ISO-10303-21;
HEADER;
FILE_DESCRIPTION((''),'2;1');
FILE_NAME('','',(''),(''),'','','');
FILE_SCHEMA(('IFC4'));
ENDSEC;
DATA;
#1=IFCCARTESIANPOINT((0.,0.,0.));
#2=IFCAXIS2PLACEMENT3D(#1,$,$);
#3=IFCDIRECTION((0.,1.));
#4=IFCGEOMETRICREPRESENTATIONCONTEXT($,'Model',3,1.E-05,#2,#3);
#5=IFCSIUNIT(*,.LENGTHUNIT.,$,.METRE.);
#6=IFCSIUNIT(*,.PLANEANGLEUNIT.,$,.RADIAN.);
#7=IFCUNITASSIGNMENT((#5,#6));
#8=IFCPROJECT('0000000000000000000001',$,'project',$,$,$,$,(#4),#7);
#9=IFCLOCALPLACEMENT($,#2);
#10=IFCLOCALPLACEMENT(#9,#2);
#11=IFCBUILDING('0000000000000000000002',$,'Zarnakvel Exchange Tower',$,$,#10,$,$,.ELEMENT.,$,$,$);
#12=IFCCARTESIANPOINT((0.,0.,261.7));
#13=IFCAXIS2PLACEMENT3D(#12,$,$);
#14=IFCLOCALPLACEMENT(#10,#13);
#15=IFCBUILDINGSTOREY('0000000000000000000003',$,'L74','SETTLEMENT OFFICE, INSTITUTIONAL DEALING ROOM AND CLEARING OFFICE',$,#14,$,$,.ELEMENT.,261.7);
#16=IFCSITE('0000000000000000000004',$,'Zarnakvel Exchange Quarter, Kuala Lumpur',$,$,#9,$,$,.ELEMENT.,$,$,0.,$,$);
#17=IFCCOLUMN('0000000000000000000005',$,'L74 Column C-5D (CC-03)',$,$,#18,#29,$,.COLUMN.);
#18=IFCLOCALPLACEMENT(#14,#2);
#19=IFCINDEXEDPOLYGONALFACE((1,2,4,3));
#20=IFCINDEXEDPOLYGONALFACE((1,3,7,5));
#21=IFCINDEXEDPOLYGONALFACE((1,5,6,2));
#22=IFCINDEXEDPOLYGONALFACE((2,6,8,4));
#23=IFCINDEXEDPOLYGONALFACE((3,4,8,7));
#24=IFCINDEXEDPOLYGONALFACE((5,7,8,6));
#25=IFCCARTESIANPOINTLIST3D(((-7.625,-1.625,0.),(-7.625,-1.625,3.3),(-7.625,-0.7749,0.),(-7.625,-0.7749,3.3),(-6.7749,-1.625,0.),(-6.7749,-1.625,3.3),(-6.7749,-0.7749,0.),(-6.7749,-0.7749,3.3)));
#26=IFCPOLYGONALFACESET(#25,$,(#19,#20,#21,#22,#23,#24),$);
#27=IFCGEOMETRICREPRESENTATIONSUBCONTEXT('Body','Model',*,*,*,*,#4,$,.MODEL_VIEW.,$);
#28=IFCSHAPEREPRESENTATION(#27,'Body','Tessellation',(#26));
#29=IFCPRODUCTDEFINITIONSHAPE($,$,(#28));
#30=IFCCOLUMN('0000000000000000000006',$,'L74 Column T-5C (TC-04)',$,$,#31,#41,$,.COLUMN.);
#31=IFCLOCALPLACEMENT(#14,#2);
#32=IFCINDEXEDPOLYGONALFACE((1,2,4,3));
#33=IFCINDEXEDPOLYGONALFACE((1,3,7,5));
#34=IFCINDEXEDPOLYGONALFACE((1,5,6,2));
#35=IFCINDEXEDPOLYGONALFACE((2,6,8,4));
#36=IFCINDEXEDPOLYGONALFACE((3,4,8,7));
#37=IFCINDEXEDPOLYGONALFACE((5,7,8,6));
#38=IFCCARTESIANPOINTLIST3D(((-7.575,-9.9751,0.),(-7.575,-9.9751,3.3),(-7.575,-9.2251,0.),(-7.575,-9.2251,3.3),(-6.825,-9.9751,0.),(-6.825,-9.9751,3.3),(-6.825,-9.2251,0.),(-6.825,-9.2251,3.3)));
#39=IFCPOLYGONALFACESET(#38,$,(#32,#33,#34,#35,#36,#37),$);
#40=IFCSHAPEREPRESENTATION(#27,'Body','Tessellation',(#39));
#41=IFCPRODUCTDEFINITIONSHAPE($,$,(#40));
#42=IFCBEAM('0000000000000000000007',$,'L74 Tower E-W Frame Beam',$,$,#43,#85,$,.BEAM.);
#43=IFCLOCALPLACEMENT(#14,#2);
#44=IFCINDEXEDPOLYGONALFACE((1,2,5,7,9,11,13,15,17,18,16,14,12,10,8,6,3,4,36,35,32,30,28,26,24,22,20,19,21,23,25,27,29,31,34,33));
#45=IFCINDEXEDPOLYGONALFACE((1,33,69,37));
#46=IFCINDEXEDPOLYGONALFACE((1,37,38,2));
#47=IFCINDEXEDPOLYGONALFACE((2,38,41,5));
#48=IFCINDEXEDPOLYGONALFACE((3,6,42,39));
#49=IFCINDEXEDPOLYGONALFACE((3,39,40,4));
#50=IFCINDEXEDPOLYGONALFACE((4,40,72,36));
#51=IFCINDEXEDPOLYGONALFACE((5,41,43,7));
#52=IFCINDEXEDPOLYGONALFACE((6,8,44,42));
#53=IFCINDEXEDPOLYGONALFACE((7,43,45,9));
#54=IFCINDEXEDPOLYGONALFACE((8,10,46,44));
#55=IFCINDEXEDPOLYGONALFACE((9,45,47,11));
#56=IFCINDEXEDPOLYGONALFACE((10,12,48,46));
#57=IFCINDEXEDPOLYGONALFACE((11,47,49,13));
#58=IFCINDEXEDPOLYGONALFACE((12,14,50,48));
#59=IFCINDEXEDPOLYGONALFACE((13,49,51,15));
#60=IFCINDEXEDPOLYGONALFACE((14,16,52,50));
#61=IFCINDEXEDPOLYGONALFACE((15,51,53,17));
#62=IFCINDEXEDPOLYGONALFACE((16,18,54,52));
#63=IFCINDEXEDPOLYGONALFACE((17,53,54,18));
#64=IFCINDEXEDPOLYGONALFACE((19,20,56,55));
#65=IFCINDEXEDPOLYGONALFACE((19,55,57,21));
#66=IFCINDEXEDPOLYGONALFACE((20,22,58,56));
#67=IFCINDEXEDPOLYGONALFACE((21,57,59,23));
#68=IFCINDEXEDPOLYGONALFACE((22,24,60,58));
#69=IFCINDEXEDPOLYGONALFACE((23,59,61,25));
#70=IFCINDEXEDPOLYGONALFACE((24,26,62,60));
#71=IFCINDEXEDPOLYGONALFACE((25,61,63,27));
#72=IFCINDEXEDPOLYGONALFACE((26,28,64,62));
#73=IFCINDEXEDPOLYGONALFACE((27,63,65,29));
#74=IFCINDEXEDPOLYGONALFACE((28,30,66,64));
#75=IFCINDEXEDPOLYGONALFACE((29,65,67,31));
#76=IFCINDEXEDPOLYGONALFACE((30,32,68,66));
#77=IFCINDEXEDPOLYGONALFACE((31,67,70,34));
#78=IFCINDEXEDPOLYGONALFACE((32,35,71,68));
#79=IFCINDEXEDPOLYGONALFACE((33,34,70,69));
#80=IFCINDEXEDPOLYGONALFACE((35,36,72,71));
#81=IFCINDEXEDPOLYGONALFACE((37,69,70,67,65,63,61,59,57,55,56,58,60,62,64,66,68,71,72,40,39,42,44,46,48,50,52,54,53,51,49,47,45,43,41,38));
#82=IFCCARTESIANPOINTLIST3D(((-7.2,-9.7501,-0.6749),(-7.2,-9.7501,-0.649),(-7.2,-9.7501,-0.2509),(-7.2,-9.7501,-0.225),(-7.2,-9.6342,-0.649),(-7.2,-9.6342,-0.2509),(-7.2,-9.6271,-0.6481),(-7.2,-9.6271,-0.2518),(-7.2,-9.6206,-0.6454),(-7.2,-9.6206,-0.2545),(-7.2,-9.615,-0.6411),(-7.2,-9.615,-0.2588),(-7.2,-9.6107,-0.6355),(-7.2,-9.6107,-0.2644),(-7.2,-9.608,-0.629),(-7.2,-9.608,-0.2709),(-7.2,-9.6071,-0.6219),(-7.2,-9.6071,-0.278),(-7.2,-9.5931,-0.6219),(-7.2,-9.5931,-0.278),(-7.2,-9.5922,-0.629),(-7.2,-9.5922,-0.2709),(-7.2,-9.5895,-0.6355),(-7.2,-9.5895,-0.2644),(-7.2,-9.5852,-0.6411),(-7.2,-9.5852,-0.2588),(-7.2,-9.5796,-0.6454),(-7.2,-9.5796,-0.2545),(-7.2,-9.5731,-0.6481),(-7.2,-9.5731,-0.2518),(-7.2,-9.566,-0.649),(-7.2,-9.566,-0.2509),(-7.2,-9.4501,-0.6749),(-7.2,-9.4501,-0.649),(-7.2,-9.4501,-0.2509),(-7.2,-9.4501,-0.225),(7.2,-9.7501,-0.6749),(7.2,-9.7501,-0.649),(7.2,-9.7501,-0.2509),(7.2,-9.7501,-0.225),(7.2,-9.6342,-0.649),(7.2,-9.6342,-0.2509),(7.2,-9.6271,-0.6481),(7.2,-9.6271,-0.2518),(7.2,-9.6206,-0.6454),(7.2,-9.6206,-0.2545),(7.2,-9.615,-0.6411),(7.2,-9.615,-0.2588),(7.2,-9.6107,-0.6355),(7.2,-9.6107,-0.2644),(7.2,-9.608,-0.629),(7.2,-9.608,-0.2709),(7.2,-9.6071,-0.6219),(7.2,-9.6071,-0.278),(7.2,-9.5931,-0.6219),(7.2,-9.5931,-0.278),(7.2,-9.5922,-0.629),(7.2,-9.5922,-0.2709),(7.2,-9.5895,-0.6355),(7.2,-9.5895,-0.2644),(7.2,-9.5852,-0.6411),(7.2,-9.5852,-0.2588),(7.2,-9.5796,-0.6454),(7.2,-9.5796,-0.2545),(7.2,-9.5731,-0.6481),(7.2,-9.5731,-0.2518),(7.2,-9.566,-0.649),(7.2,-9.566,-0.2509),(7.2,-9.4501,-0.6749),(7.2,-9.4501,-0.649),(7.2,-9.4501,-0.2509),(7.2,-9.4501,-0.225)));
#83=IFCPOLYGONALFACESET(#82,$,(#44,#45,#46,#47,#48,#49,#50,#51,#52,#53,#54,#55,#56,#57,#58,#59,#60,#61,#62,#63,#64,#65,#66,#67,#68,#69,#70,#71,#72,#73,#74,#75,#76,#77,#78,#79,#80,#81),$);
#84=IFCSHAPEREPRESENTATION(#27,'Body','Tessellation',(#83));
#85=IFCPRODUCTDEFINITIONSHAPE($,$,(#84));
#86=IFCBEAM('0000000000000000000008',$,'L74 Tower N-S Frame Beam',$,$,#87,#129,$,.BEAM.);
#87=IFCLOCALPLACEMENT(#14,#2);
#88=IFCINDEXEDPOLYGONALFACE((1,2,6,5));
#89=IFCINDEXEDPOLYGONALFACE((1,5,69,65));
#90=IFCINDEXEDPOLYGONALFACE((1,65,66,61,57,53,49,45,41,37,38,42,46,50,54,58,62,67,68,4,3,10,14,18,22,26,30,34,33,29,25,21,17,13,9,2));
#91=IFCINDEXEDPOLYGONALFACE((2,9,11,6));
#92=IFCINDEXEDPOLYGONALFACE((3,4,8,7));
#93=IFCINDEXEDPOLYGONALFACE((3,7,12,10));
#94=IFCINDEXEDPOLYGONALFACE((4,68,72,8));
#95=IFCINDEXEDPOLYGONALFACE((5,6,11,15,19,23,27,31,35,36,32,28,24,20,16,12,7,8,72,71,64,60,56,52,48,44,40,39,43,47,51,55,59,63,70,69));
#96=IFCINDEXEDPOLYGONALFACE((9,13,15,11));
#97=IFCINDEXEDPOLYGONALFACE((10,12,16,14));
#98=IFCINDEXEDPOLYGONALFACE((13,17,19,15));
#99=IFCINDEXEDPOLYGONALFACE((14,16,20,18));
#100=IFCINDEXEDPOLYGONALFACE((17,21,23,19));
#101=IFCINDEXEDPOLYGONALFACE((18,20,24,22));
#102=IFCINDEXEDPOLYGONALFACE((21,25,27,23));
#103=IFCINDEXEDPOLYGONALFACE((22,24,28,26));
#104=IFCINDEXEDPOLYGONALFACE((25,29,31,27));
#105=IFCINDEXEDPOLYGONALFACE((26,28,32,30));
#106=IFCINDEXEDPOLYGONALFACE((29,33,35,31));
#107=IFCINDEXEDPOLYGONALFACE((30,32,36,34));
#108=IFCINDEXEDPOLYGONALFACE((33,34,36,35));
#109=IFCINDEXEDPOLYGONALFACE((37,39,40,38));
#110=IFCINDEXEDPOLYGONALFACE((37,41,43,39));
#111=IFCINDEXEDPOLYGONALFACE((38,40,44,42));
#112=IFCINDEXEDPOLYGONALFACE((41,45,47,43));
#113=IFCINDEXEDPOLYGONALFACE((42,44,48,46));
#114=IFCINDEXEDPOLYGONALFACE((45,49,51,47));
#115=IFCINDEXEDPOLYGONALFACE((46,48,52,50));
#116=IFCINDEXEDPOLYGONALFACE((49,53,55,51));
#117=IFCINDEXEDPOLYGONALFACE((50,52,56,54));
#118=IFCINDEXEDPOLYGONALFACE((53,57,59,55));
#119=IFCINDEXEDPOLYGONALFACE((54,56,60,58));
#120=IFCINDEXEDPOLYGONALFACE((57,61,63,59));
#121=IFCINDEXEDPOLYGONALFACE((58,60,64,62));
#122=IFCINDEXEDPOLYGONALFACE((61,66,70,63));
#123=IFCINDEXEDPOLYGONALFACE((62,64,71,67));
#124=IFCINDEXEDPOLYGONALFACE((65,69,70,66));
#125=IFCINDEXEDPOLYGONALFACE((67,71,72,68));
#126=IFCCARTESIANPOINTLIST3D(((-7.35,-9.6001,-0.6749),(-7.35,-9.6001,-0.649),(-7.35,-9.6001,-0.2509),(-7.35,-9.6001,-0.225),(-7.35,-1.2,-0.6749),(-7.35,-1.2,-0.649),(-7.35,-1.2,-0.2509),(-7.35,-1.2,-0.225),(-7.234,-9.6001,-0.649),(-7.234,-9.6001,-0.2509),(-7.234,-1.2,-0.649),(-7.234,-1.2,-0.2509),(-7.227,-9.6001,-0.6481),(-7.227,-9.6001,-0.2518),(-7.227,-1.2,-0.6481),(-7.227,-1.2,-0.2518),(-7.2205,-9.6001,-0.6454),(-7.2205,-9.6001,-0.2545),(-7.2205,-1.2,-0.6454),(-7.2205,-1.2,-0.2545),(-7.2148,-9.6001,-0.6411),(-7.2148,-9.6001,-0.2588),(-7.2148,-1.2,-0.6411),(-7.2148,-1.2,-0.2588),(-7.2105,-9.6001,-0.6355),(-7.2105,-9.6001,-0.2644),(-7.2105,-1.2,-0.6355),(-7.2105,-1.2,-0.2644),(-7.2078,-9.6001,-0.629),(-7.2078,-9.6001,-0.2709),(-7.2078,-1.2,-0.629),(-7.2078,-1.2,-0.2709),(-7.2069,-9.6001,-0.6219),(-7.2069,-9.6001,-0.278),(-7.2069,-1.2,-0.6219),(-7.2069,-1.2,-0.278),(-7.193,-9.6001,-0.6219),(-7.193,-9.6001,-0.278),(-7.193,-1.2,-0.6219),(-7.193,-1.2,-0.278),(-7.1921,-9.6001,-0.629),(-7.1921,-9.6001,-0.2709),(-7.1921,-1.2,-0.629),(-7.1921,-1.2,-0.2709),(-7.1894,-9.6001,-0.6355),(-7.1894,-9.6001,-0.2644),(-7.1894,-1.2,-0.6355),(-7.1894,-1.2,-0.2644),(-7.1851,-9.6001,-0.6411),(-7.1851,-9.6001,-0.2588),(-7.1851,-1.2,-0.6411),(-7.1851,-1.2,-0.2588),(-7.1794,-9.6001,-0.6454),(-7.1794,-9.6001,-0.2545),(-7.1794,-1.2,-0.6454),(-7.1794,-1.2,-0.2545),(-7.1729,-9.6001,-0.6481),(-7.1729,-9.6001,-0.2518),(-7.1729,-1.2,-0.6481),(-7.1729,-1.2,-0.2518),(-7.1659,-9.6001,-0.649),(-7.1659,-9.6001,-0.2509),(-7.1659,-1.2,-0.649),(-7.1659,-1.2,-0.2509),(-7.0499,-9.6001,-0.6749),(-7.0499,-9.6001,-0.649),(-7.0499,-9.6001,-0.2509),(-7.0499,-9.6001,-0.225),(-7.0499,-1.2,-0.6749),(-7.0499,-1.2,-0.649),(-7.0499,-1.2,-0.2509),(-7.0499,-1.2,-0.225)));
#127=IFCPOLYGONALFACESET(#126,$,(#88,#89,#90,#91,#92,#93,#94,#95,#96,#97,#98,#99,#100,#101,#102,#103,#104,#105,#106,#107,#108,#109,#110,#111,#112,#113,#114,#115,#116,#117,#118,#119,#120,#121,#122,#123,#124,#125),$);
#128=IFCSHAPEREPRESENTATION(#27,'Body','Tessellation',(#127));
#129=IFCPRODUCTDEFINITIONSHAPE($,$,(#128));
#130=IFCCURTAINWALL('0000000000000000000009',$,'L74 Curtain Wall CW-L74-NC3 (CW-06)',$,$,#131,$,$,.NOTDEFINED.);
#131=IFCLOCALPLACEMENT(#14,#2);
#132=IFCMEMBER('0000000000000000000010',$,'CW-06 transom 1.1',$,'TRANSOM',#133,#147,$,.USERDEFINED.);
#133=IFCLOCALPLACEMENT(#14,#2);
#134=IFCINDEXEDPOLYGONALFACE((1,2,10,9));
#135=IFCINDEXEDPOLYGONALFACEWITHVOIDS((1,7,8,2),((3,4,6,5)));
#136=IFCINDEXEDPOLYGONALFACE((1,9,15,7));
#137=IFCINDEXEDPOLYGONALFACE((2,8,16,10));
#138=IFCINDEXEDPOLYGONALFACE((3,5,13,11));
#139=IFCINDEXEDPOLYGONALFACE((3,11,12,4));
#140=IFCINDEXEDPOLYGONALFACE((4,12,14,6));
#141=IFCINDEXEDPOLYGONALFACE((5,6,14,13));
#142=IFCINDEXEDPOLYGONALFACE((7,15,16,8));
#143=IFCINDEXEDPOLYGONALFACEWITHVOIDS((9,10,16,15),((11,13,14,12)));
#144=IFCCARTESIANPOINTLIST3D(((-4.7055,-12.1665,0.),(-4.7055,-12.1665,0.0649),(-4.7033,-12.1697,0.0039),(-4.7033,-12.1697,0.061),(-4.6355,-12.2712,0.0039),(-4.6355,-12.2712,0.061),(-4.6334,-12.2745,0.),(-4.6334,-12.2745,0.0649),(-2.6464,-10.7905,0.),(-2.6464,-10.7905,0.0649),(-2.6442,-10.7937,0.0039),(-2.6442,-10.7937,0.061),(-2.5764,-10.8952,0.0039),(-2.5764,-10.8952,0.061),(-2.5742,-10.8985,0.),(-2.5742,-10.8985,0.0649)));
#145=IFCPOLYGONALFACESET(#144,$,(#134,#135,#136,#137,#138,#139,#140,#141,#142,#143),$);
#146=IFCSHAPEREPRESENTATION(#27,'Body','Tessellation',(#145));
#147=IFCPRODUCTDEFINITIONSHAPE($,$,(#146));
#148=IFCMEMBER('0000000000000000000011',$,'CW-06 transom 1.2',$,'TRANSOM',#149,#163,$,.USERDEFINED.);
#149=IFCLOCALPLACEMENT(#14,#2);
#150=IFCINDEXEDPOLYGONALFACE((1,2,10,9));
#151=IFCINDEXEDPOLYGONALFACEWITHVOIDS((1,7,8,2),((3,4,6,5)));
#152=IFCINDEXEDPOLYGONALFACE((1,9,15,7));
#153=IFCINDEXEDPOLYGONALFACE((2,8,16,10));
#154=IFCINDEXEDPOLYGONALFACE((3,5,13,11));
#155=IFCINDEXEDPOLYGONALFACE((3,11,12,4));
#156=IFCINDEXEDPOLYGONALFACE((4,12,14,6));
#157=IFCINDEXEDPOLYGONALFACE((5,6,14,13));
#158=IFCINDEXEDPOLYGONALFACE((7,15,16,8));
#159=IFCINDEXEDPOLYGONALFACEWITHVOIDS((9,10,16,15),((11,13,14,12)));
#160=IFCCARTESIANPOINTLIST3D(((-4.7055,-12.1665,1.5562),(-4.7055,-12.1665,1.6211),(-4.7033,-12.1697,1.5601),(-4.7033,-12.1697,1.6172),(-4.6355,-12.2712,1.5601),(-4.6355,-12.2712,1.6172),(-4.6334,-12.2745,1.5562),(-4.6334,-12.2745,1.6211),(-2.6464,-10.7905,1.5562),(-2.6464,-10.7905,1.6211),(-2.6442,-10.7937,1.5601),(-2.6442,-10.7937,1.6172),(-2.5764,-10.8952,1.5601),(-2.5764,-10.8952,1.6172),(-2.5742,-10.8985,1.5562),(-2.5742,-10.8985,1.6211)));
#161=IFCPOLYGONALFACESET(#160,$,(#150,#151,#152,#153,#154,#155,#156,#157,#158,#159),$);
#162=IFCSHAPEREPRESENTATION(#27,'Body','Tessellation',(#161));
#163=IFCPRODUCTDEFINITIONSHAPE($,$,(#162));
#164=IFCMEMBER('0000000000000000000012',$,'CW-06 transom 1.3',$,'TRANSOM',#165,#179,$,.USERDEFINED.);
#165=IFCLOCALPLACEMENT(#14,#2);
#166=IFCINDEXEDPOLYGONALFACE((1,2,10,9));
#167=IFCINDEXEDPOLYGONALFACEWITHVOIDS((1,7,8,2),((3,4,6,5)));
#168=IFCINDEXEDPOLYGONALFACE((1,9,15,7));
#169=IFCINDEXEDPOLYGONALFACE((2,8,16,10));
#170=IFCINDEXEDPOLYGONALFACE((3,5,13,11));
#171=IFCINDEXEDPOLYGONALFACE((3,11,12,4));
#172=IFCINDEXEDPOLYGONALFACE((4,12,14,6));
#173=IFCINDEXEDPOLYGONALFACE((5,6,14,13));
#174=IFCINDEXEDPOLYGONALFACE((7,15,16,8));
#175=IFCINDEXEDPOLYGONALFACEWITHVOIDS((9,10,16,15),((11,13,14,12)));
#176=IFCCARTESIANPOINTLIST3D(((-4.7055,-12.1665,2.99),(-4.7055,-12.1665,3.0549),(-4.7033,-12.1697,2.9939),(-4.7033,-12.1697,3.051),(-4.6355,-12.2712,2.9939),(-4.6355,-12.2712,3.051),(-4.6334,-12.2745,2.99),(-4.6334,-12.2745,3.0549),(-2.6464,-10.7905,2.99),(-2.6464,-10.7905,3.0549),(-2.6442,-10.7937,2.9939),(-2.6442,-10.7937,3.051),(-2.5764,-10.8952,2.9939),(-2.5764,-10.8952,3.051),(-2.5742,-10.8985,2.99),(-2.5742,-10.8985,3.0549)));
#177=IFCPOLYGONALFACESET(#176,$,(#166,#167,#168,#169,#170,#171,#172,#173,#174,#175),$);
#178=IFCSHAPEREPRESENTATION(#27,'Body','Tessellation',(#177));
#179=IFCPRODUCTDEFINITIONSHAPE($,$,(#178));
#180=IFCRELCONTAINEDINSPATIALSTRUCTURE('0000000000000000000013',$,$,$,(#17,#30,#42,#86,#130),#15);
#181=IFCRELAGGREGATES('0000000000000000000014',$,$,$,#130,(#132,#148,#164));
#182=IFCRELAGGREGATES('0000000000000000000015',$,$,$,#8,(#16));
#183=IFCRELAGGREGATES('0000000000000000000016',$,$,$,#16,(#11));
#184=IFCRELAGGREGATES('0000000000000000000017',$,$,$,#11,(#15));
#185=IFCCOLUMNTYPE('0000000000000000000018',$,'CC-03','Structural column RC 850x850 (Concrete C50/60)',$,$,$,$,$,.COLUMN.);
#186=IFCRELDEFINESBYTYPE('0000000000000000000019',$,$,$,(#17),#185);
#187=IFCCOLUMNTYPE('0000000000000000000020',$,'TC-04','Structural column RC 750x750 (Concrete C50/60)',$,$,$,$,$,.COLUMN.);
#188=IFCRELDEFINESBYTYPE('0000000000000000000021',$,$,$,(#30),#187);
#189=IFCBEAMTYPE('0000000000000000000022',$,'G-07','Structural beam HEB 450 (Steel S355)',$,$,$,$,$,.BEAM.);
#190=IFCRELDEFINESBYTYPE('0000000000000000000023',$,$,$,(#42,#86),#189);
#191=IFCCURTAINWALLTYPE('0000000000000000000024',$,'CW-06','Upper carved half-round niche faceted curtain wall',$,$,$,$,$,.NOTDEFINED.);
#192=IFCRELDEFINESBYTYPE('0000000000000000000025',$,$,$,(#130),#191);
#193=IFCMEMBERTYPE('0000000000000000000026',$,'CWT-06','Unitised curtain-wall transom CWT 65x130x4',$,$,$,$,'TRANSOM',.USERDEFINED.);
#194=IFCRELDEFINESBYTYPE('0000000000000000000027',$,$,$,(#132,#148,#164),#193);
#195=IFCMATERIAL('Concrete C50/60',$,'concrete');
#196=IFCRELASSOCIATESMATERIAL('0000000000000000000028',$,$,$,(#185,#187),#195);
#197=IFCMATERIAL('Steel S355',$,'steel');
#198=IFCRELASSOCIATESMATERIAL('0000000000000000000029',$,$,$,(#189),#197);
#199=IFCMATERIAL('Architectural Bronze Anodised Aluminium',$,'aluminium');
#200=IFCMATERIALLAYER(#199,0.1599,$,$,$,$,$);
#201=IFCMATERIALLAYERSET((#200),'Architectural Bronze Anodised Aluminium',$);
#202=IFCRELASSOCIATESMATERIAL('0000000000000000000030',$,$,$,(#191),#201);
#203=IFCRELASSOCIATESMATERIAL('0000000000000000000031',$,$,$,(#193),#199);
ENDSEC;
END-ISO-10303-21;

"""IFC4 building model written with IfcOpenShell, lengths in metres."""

from ifc_helpers import new_model, si_unit, direction, frame, origin, origin_2d, place, context, subcontext, project, spatial, rectangle, hollow_rectangle, i_section, extrude, source, transform, mapped, material, layer, layer_set, material_profile, profile_set, type_object, element, aggregate, save


model = new_model("IFC4")

# Units and contexts
model_context = context("Model", 3, precision=1e-05, world=origin(), true_north=direction((0.0, 1.0)))
body_context = subcontext(model_context, "Body", "Model", "MODEL_VIEW")
ifc_project = project(units=[si_unit("LENGTHUNIT", "METRE"), si_unit("PLANEANGLEUNIT", "RADIAN")], contexts=[model_context])

# Site, building, storey
site_placement = place(None, origin())
site = spatial("IfcSite", under=ifc_project, at=site_placement, Name="Zarnakvel Exchange Quarter, Kuala Lumpur", CompositionType="ELEMENT", RefElevation=0.0)
building_placement = place(site_placement, origin())
building = spatial("IfcBuilding", under=site, at=building_placement, Name="Zarnakvel Exchange Tower", CompositionType="ELEMENT")
storey_placement = place(building_placement, frame((0.0, 0.0, 261.7)))
storey = spatial("IfcBuildingStorey", under=building, at=storey_placement, Name="L74", Description="SETTLEMENT OFFICE, INSTITUTIONAL DEALING ROOM AND CLEARING OFFICE", CompositionType="ELEMENT", Elevation=261.7)

# Columns
ifc_material_1 = material(Name="Concrete C50/60", Category="concrete")
ifc_material_profile_1 = material_profile(ifc_material_1, rectangle(XDim=0.8501, YDim=0.8501, at=origin_2d()))
ifc_profile_set_1 = profile_set([ifc_material_profile_1], Name="Concrete C50/60")
column_type_1 = type_object("IfcColumnType", Name="CC-03", Description="Structural column RC 850x850 (Concrete C50/60)", PredefinedType="COLUMN", material=ifc_profile_set_1)
column_1_placement = place(storey_placement, frame((-7.2, -1.2, 0.0), z_axis=(0.0, 0.0, 1.0), x_axis=(1.0, 0.0, 0.0)))
element("IfcColumn", 1, at=column_1_placement, inside=storey, type_object=column_type_1, Name="L74 Column C-5D (CC-03)", PredefinedType="COLUMN", context=body_context, shape_type="SweptSolid", body=[
    extrude(rectangle(XDim=0.8501, YDim=0.8501, at=origin_2d()), origin(), (0.0, 0.0, 1.0), 3.3),
])
ifc_material_profile_2 = material_profile(ifc_material_1, rectangle(XDim=0.75, YDim=0.75, at=origin_2d()))
ifc_profile_set_2 = profile_set([ifc_material_profile_2], Name="Concrete C50/60")
column_type_2 = type_object("IfcColumnType", Name="TC-04", Description="Structural column RC 750x750 (Concrete C50/60)", PredefinedType="COLUMN", material=ifc_profile_set_2)
column_2_placement = place(storey_placement, frame((-7.2, -9.6001, 0.0), z_axis=(0.0, 0.0, 1.0), x_axis=(1.0, 0.0, 0.0)))
element("IfcColumn", 2, at=column_2_placement, inside=storey, type_object=column_type_2, Name="L74 Column T-5C (TC-04)", PredefinedType="COLUMN", context=body_context, shape_type="SweptSolid", body=[
    extrude(rectangle(XDim=0.75, YDim=0.75, at=origin_2d()), origin(), (0.0, 0.0, 1.0), 3.3),
])

# Beams
ifc_material_2 = material(Name="Steel S355", Category="steel")
ifc_material_profile_3 = material_profile(ifc_material_2, i_section(OverallWidth=0.3, OverallDepth=0.45, WebThickness=0.0139, FlangeThickness=0.0259, FilletRadius=0.0271, at=origin_2d()))
ifc_profile_set_3 = profile_set([ifc_material_profile_3], Name="Steel S355")
beam_type = type_object("IfcBeamType", Name="G-07", Description="Structural beam HEB 450 (Steel S355)", PredefinedType="BEAM", material=ifc_profile_set_3)
beam_1_placement = place(storey_placement, frame((-7.2, -9.6001, -0.45), z_axis=(1.0, 0.0, 0.0), x_axis=(0.0, 1.0, 0.0)))
element("IfcBeam", 3, at=beam_1_placement, inside=storey, type_object=beam_type, Name="L74 Tower E-W Frame Beam", PredefinedType="BEAM", context=body_context, shape_type="SweptSolid", body=[
    extrude(i_section(OverallWidth=0.3, OverallDepth=0.45, WebThickness=0.0139, FlangeThickness=0.0259, FilletRadius=0.0271, at=origin_2d()), origin(), (0.0, 0.0, 1.0), 14.3999),
])
beam_2_placement = place(storey_placement, frame((-7.2, -9.6001, -0.45), z_axis=(0.0, 1.0, 0.0), x_axis=(-1.0, 0.0, 0.0)))
element("IfcBeam", 4, at=beam_2_placement, inside=storey, type_object=beam_type, Name="L74 Tower N-S Frame Beam", PredefinedType="BEAM", context=body_context, shape_type="SweptSolid", body=[
    extrude(i_section(OverallWidth=0.3, OverallDepth=0.45, WebThickness=0.0139, FlangeThickness=0.0259, FilletRadius=0.0271, at=origin_2d()), origin(), (0.0, 0.0, 1.0), 8.4001),
])

# Curtain wall, members
ifc_material_3 = material(Name="Architectural Bronze Anodised Aluminium", Category="aluminium")
ifc_layer_1 = layer(ifc_material_3, 0.1599)
ifc_layer_set_1 = layer_set([ifc_layer_1], Name="Architectural Bronze Anodised Aluminium")
curtain_wall_type = type_object("IfcCurtainWallType", Name="CW-06", Description="Upper carved half-round niche faceted curtain wall", PredefinedType="NOTDEFINED", material=ifc_layer_set_1)
curtain_wall_1_placement = place(storey_placement, origin())
curtain_wall_1 = element("IfcCurtainWall", 5, at=curtain_wall_1_placement, inside=storey, type_object=curtain_wall_type, Name="L74 Curtain Wall CW-L74-NC3 (CW-06)", PredefinedType="NOTDEFINED")
ifc_material_profile_4 = material_profile(ifc_material_3, hollow_rectangle(XDim=0.1299, YDim=0.0649, WallThickness=0.0039, at=origin_2d()))
ifc_profile_set_4 = profile_set([ifc_material_profile_4], Name="Architectural Bronze Anodised Aluminium")
member_type_1 = type_object("IfcMemberType", Name="CWT-06", Description="Unitised curtain-wall transom CWT 65x130x4", ElementType="TRANSOM", PredefinedType="USERDEFINED", material=ifc_profile_set_4)
shared_shape_1 = source(origin(), body_context, "Body", "SweptSolid", [
    extrude(hollow_rectangle(XDim=0.1299, YDim=0.0649, WallThickness=0.0039, at=origin_2d()), origin(), (0.0, 0.0, 1.0), 2.4766),
])
member_1_placement = place(storey_placement, frame((-4.6694, -12.2205, 0.0325), z_axis=(0.831443, 0.55561, 0.0), x_axis=(-0.55561, 0.831443, 0.0)))
member_1 = element("IfcMember", 6, at=member_1_placement, type_object=member_type_1, Name="CW-06 transom 1.1", ObjectType="TRANSOM", PredefinedType="USERDEFINED", context=body_context, shape_type="MappedRepresentation", body=[
    mapped(shared_shape_1, transform((0.0, 0.0, 0.0), x_axis=(1.0, 0.0, 0.0), y_axis=(0.0, 1.0, 0.0), z_axis=(0.0, 0.0, 1.0), scale=1.0)),
])
member_2_placement = place(storey_placement, frame((-4.6694, -12.2205, 1.5886), z_axis=(0.831443, 0.55561, 0.0), x_axis=(-0.55561, 0.831443, 0.0)))
member_2 = element("IfcMember", 7, at=member_2_placement, type_object=member_type_1, Name="CW-06 transom 1.2", ObjectType="TRANSOM", PredefinedType="USERDEFINED", context=body_context, shape_type="MappedRepresentation", body=[
    mapped(shared_shape_1, transform((0.0, 0.0, 0.0), x_axis=(1.0, 0.0, 0.0), y_axis=(0.0, 1.0, 0.0), z_axis=(0.0, 0.0, 1.0), scale=1.0)),
])
member_3_placement = place(storey_placement, frame((-4.6694, -12.2205, 3.0225), z_axis=(0.831443, 0.55561, 0.0), x_axis=(-0.55561, 0.831443, 0.0)))
member_3 = element("IfcMember", 8, at=member_3_placement, type_object=member_type_1, Name="CW-06 transom 1.3", ObjectType="TRANSOM", PredefinedType="USERDEFINED", context=body_context, shape_type="MappedRepresentation", body=[
    mapped(shared_shape_1, transform((0.0, 0.0, 0.0), x_axis=(1.0, 0.0, 0.0), y_axis=(0.0, 1.0, 0.0), z_axis=(0.0, 0.0, 1.0), scale=1.0)),
])

aggregate(curtain_wall_1, [member_1, member_2, member_3])

save(model, "model.ifc")
